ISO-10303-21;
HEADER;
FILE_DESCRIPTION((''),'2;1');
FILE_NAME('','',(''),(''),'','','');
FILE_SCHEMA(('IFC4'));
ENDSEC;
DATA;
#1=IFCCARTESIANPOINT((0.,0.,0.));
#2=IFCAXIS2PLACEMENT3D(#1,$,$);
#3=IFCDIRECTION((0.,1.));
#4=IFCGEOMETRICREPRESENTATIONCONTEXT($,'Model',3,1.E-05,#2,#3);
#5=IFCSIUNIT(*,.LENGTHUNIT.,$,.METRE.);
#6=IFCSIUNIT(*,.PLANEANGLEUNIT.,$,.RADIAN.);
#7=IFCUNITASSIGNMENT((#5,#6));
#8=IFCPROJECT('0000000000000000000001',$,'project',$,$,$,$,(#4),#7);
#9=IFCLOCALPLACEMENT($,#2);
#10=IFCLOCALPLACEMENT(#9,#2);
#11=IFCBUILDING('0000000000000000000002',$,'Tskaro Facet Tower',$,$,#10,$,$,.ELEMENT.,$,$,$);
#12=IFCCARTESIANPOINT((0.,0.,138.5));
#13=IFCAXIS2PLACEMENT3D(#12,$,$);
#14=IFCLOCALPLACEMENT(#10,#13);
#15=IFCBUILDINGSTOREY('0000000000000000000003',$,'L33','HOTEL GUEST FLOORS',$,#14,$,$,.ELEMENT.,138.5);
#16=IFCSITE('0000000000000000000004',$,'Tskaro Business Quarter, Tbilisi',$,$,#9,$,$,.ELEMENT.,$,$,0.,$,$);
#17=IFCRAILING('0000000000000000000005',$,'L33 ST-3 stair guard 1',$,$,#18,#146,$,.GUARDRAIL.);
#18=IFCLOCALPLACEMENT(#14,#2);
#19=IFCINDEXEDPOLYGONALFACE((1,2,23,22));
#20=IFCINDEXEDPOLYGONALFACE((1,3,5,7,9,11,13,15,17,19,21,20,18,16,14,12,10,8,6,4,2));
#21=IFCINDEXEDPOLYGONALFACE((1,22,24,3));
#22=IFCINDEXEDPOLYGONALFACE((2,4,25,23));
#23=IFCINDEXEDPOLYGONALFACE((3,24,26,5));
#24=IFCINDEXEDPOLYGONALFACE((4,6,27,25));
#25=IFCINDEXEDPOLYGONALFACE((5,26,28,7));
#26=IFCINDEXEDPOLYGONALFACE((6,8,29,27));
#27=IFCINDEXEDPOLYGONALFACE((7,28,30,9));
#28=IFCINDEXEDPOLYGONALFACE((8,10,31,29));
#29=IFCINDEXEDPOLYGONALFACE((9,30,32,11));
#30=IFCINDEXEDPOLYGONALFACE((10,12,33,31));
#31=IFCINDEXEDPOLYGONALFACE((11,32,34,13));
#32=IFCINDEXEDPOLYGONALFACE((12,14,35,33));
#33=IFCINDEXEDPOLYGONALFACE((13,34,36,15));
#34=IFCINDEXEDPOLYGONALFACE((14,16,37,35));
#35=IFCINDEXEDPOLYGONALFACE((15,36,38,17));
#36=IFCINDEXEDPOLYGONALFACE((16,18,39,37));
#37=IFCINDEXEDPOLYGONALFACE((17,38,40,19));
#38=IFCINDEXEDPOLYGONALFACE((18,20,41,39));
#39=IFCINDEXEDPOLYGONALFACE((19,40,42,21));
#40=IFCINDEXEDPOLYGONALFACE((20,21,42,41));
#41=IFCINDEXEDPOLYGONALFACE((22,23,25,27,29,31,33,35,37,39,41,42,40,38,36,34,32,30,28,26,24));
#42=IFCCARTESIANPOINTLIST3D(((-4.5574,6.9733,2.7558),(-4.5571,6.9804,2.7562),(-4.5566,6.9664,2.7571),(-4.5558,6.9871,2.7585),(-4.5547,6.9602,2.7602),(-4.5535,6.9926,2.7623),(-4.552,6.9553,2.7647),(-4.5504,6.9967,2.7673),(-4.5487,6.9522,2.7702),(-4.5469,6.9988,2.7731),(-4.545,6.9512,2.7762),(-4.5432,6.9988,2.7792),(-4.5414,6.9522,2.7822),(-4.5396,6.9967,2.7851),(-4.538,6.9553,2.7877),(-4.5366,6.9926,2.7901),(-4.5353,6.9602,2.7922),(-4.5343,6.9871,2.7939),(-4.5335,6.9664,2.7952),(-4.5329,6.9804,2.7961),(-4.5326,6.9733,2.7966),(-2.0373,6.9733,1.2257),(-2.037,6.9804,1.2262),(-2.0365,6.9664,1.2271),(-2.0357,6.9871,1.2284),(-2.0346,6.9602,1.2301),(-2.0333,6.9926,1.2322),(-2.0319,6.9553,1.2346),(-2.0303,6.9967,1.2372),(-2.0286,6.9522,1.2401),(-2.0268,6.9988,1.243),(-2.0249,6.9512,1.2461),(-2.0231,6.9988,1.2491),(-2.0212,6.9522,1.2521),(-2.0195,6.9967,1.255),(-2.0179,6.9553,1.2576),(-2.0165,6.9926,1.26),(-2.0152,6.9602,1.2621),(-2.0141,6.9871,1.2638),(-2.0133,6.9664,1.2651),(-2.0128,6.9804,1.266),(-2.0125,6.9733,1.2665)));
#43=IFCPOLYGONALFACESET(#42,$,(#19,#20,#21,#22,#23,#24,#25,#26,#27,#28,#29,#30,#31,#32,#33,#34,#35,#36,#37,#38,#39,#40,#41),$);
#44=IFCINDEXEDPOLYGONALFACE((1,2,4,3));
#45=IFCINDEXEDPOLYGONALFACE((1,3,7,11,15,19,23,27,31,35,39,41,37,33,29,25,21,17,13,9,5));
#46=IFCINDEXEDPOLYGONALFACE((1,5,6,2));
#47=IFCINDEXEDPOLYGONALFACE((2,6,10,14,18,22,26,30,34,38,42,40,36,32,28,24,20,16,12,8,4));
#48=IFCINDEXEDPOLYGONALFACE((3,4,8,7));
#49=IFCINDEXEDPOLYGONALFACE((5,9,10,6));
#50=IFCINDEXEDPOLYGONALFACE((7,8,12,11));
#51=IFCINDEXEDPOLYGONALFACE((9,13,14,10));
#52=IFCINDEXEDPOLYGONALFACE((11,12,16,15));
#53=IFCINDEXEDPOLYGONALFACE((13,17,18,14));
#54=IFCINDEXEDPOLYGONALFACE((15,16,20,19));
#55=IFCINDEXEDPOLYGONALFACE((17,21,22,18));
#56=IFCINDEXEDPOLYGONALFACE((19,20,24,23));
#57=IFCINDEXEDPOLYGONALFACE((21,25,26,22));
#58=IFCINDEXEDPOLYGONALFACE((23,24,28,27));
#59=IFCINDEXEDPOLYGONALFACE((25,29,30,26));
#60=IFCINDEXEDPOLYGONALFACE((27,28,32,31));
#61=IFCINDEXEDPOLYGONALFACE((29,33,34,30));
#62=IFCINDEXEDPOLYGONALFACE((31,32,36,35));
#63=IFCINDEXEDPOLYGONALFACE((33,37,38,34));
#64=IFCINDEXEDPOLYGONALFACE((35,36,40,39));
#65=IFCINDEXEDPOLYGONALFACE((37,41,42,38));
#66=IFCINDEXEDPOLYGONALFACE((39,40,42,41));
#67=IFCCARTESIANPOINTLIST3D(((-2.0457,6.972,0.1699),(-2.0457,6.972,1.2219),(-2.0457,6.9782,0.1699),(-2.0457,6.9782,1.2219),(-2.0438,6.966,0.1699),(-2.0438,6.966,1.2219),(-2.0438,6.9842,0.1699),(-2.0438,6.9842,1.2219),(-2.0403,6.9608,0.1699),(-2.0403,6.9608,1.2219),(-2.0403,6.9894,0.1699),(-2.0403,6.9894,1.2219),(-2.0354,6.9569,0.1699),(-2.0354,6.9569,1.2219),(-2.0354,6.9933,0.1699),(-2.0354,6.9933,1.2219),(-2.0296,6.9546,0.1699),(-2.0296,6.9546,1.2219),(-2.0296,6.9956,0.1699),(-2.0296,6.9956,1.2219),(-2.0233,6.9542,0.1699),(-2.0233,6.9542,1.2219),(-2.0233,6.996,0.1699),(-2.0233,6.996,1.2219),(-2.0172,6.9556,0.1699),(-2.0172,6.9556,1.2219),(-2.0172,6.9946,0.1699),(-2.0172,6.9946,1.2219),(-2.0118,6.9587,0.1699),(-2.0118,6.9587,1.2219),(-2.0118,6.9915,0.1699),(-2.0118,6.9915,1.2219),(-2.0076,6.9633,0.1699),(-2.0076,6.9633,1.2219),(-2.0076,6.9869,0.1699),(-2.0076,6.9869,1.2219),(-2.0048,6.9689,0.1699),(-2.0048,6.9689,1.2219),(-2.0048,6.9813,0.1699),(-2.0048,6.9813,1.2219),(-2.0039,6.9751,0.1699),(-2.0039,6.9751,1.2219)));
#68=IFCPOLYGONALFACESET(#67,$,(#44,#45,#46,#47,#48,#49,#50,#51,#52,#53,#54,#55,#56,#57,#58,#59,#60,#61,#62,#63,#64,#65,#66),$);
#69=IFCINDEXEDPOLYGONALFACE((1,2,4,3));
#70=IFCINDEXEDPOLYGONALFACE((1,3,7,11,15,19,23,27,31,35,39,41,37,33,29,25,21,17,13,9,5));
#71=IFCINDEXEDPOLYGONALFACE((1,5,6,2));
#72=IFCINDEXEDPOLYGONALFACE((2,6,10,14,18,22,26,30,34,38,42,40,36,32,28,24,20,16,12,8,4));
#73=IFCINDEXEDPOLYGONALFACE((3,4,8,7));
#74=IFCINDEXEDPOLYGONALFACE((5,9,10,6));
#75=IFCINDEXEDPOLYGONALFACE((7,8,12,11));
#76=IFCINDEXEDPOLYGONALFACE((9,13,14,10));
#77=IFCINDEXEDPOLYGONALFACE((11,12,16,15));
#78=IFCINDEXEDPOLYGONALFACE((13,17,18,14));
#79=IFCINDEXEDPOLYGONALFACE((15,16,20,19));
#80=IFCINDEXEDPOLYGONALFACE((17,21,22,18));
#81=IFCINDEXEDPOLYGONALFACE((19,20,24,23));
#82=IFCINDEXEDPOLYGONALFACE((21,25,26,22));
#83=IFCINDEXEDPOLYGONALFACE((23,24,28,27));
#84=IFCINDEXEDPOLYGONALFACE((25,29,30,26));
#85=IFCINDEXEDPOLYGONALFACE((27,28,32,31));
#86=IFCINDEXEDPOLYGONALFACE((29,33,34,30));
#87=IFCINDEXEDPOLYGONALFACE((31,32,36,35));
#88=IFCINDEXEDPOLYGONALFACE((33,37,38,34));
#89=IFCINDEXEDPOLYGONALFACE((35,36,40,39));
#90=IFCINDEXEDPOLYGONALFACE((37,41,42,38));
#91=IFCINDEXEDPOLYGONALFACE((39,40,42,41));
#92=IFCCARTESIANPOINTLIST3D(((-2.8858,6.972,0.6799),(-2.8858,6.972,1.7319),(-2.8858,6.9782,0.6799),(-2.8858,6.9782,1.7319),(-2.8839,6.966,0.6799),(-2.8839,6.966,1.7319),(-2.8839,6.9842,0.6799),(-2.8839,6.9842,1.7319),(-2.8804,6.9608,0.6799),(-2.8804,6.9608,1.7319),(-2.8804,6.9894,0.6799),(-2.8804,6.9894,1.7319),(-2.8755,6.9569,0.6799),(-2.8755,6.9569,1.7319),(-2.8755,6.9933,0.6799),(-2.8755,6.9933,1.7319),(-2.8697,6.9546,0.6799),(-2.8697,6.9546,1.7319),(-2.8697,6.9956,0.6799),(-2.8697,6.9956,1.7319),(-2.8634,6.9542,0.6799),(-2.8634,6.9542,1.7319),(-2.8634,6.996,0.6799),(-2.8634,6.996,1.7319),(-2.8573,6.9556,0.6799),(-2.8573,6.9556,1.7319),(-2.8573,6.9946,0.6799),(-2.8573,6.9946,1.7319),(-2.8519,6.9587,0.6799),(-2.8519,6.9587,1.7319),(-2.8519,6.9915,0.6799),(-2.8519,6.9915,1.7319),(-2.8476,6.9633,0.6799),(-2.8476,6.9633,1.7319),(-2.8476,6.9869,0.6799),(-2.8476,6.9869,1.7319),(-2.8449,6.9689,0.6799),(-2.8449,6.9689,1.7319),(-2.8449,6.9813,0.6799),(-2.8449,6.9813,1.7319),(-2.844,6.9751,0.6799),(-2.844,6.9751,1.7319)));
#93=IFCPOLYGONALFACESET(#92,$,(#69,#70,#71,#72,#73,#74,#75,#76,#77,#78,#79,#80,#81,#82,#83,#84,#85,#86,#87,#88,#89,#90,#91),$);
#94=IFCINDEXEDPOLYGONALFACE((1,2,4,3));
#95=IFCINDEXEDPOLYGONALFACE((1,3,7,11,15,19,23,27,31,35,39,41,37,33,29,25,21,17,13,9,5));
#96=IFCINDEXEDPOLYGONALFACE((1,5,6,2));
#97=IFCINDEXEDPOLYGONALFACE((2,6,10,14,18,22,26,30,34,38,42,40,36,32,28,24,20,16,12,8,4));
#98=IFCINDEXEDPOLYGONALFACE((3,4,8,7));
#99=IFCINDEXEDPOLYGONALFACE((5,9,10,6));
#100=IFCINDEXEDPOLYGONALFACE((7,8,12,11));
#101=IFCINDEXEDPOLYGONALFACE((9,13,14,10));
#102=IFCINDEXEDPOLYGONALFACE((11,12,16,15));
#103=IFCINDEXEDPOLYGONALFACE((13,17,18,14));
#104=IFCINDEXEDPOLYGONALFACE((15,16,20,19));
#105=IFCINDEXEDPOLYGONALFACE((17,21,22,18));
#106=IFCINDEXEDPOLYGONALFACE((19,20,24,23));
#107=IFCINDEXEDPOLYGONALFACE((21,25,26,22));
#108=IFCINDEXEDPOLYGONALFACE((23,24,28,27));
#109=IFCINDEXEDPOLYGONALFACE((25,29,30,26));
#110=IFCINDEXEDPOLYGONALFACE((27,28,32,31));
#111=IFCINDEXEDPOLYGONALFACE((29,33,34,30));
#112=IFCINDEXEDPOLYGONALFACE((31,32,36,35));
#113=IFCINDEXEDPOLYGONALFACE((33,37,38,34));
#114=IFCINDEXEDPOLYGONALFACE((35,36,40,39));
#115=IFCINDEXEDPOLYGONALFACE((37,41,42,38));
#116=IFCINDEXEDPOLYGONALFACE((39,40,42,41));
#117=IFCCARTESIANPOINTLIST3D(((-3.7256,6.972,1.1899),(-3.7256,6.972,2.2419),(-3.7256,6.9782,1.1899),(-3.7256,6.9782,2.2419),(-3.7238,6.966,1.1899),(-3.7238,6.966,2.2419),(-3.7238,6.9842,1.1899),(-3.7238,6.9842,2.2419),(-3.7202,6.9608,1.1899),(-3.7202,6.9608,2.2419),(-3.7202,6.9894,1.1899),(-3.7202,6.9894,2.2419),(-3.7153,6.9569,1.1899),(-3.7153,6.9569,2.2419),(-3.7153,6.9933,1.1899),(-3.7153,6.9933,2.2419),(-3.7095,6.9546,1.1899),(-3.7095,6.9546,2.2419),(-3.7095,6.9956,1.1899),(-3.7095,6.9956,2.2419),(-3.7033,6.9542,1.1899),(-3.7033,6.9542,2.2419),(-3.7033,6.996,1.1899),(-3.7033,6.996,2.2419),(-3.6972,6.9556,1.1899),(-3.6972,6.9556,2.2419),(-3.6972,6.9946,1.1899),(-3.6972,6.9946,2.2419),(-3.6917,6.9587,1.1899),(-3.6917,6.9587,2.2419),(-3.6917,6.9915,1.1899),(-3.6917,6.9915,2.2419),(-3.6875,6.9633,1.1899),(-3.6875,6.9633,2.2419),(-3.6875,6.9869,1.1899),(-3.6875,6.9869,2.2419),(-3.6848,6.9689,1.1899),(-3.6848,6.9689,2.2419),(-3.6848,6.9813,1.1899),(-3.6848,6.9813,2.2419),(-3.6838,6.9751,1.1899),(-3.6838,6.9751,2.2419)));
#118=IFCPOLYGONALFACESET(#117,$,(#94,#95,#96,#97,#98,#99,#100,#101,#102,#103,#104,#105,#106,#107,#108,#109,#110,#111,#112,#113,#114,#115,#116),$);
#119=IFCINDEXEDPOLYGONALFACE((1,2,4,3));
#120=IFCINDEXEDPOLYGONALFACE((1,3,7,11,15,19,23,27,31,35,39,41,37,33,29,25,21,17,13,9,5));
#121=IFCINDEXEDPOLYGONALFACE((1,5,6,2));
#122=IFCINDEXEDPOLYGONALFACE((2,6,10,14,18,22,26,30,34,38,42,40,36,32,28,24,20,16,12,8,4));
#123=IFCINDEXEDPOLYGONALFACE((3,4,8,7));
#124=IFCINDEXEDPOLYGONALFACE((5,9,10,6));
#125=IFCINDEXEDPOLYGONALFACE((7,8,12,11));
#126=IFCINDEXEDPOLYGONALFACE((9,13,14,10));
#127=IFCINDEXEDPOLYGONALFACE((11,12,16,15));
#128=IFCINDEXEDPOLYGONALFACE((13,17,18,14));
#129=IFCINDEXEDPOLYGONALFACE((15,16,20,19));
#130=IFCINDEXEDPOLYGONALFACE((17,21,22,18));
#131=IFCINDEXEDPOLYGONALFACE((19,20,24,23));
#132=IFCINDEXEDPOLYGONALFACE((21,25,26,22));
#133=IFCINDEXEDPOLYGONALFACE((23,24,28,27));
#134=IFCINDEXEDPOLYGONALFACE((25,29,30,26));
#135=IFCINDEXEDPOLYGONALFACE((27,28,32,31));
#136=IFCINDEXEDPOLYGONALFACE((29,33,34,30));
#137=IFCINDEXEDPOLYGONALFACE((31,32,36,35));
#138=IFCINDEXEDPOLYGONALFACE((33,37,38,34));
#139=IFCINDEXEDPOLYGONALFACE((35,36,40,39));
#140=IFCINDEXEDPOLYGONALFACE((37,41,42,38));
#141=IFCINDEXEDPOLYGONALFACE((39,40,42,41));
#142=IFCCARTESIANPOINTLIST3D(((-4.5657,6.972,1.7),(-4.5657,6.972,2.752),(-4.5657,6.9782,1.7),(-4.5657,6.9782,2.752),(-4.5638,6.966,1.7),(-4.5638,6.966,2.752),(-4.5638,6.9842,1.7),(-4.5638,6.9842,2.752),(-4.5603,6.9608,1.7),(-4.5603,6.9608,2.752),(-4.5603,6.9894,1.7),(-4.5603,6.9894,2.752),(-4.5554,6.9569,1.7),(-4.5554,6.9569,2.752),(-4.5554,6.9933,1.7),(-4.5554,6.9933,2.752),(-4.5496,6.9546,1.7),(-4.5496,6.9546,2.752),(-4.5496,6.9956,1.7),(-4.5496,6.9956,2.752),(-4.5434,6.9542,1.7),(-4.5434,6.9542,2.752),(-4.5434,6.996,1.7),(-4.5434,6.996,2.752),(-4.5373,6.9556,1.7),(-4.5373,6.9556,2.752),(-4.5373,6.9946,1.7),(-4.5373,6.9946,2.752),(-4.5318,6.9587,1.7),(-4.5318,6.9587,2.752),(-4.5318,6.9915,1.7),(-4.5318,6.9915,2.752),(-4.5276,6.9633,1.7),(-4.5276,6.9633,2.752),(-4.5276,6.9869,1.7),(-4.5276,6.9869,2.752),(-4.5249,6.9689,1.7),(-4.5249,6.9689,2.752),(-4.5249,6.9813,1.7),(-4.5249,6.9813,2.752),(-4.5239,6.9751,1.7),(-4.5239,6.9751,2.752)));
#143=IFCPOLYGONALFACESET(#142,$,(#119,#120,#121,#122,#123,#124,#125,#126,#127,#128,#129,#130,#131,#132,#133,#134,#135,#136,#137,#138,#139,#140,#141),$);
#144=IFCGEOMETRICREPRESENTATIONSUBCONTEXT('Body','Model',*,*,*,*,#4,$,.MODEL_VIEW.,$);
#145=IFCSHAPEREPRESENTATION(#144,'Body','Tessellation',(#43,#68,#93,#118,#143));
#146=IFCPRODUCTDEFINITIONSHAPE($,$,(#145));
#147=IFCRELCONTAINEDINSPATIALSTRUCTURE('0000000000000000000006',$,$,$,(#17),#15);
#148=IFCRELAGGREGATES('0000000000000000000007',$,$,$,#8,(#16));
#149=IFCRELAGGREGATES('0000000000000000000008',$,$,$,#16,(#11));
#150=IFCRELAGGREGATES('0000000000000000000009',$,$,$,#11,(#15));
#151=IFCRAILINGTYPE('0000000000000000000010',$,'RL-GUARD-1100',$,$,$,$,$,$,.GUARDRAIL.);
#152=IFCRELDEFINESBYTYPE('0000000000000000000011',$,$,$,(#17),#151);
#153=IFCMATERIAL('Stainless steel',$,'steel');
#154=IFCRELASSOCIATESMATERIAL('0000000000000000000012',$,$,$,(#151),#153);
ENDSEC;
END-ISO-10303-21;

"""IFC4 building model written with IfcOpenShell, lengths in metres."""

from ifc_helpers import new_model, si_unit, direction, frame, origin, origin_2d, place, context, subcontext, project, spatial, circle, extrude, material, type_object, element, save


model = new_model("IFC4")

# Units and contexts
model_context = context("Model", 3, precision=1e-05, world=origin(), true_north=direction((0.0, 1.0)))
body_context = subcontext(model_context, "Body", "Model", "MODEL_VIEW")
ifc_project = project(units=[si_unit("LENGTHUNIT", "METRE"), si_unit("PLANEANGLEUNIT", "RADIAN")], contexts=[model_context])

# Site, building, storey
site_placement = place(None, origin())
site = spatial("IfcSite", under=ifc_project, at=site_placement, Name="Tskaro Business Quarter, Tbilisi", CompositionType="ELEMENT", RefElevation=0.0)
building_placement = place(site_placement, origin())
building = spatial("IfcBuilding", under=site, at=building_placement, Name="Tskaro Facet Tower", CompositionType="ELEMENT")
storey_placement = place(building_placement, frame((0.0, 0.0, 138.5)))
storey = spatial("IfcBuildingStorey", under=building, at=storey_placement, Name="L33", Description="HOTEL GUEST FLOORS", CompositionType="ELEMENT", Elevation=138.5)

# Railing
ifc_material_1 = material(Name="Stainless steel", Category="steel")
railing_type_1 = type_object("IfcRailingType", Name="RL-GUARD-1100", PredefinedType="GUARDRAIL", material=ifc_material_1)
railing_1_placement = place(storey_placement, frame((-2.0249, 6.9751, 0.1699)))
element("IfcRailing", 1, at=railing_1_placement, inside=storey, type_object=railing_type_1, Name="L33 ST-3 stair guard 1", PredefinedType="GUARDRAIL", context=body_context, shape_type="SweptSolid", body=[
    extrude(circle(Radius=0.0239, at=origin_2d()), frame((0.0, 0.0, 1.0762), z_axis=(-0.854785, 0.0, 0.518982), x_axis=(0.0, -1.0, 0.0)), (0.0, 0.0, 1.0), 2.9482),
    extrude(circle(Radius=0.021, at=origin_2d()), origin(), (0.0, 0.0, 1.0), 1.052),
    extrude(circle(Radius=0.021, at=origin_2d()), frame((-0.8401, 0.0, 0.51)), (0.0, 0.0, 1.0), 1.052),
    extrude(circle(Radius=0.021, at=origin_2d()), frame((-1.6799, 0.0, 1.02)), (0.0, 0.0, 1.0), 1.052),
    extrude(circle(Radius=0.021, at=origin_2d()), frame((-2.52, 0.0, 1.53)), (0.0, 0.0, 1.0), 1.052),
])

save(model, "model.ifc")
